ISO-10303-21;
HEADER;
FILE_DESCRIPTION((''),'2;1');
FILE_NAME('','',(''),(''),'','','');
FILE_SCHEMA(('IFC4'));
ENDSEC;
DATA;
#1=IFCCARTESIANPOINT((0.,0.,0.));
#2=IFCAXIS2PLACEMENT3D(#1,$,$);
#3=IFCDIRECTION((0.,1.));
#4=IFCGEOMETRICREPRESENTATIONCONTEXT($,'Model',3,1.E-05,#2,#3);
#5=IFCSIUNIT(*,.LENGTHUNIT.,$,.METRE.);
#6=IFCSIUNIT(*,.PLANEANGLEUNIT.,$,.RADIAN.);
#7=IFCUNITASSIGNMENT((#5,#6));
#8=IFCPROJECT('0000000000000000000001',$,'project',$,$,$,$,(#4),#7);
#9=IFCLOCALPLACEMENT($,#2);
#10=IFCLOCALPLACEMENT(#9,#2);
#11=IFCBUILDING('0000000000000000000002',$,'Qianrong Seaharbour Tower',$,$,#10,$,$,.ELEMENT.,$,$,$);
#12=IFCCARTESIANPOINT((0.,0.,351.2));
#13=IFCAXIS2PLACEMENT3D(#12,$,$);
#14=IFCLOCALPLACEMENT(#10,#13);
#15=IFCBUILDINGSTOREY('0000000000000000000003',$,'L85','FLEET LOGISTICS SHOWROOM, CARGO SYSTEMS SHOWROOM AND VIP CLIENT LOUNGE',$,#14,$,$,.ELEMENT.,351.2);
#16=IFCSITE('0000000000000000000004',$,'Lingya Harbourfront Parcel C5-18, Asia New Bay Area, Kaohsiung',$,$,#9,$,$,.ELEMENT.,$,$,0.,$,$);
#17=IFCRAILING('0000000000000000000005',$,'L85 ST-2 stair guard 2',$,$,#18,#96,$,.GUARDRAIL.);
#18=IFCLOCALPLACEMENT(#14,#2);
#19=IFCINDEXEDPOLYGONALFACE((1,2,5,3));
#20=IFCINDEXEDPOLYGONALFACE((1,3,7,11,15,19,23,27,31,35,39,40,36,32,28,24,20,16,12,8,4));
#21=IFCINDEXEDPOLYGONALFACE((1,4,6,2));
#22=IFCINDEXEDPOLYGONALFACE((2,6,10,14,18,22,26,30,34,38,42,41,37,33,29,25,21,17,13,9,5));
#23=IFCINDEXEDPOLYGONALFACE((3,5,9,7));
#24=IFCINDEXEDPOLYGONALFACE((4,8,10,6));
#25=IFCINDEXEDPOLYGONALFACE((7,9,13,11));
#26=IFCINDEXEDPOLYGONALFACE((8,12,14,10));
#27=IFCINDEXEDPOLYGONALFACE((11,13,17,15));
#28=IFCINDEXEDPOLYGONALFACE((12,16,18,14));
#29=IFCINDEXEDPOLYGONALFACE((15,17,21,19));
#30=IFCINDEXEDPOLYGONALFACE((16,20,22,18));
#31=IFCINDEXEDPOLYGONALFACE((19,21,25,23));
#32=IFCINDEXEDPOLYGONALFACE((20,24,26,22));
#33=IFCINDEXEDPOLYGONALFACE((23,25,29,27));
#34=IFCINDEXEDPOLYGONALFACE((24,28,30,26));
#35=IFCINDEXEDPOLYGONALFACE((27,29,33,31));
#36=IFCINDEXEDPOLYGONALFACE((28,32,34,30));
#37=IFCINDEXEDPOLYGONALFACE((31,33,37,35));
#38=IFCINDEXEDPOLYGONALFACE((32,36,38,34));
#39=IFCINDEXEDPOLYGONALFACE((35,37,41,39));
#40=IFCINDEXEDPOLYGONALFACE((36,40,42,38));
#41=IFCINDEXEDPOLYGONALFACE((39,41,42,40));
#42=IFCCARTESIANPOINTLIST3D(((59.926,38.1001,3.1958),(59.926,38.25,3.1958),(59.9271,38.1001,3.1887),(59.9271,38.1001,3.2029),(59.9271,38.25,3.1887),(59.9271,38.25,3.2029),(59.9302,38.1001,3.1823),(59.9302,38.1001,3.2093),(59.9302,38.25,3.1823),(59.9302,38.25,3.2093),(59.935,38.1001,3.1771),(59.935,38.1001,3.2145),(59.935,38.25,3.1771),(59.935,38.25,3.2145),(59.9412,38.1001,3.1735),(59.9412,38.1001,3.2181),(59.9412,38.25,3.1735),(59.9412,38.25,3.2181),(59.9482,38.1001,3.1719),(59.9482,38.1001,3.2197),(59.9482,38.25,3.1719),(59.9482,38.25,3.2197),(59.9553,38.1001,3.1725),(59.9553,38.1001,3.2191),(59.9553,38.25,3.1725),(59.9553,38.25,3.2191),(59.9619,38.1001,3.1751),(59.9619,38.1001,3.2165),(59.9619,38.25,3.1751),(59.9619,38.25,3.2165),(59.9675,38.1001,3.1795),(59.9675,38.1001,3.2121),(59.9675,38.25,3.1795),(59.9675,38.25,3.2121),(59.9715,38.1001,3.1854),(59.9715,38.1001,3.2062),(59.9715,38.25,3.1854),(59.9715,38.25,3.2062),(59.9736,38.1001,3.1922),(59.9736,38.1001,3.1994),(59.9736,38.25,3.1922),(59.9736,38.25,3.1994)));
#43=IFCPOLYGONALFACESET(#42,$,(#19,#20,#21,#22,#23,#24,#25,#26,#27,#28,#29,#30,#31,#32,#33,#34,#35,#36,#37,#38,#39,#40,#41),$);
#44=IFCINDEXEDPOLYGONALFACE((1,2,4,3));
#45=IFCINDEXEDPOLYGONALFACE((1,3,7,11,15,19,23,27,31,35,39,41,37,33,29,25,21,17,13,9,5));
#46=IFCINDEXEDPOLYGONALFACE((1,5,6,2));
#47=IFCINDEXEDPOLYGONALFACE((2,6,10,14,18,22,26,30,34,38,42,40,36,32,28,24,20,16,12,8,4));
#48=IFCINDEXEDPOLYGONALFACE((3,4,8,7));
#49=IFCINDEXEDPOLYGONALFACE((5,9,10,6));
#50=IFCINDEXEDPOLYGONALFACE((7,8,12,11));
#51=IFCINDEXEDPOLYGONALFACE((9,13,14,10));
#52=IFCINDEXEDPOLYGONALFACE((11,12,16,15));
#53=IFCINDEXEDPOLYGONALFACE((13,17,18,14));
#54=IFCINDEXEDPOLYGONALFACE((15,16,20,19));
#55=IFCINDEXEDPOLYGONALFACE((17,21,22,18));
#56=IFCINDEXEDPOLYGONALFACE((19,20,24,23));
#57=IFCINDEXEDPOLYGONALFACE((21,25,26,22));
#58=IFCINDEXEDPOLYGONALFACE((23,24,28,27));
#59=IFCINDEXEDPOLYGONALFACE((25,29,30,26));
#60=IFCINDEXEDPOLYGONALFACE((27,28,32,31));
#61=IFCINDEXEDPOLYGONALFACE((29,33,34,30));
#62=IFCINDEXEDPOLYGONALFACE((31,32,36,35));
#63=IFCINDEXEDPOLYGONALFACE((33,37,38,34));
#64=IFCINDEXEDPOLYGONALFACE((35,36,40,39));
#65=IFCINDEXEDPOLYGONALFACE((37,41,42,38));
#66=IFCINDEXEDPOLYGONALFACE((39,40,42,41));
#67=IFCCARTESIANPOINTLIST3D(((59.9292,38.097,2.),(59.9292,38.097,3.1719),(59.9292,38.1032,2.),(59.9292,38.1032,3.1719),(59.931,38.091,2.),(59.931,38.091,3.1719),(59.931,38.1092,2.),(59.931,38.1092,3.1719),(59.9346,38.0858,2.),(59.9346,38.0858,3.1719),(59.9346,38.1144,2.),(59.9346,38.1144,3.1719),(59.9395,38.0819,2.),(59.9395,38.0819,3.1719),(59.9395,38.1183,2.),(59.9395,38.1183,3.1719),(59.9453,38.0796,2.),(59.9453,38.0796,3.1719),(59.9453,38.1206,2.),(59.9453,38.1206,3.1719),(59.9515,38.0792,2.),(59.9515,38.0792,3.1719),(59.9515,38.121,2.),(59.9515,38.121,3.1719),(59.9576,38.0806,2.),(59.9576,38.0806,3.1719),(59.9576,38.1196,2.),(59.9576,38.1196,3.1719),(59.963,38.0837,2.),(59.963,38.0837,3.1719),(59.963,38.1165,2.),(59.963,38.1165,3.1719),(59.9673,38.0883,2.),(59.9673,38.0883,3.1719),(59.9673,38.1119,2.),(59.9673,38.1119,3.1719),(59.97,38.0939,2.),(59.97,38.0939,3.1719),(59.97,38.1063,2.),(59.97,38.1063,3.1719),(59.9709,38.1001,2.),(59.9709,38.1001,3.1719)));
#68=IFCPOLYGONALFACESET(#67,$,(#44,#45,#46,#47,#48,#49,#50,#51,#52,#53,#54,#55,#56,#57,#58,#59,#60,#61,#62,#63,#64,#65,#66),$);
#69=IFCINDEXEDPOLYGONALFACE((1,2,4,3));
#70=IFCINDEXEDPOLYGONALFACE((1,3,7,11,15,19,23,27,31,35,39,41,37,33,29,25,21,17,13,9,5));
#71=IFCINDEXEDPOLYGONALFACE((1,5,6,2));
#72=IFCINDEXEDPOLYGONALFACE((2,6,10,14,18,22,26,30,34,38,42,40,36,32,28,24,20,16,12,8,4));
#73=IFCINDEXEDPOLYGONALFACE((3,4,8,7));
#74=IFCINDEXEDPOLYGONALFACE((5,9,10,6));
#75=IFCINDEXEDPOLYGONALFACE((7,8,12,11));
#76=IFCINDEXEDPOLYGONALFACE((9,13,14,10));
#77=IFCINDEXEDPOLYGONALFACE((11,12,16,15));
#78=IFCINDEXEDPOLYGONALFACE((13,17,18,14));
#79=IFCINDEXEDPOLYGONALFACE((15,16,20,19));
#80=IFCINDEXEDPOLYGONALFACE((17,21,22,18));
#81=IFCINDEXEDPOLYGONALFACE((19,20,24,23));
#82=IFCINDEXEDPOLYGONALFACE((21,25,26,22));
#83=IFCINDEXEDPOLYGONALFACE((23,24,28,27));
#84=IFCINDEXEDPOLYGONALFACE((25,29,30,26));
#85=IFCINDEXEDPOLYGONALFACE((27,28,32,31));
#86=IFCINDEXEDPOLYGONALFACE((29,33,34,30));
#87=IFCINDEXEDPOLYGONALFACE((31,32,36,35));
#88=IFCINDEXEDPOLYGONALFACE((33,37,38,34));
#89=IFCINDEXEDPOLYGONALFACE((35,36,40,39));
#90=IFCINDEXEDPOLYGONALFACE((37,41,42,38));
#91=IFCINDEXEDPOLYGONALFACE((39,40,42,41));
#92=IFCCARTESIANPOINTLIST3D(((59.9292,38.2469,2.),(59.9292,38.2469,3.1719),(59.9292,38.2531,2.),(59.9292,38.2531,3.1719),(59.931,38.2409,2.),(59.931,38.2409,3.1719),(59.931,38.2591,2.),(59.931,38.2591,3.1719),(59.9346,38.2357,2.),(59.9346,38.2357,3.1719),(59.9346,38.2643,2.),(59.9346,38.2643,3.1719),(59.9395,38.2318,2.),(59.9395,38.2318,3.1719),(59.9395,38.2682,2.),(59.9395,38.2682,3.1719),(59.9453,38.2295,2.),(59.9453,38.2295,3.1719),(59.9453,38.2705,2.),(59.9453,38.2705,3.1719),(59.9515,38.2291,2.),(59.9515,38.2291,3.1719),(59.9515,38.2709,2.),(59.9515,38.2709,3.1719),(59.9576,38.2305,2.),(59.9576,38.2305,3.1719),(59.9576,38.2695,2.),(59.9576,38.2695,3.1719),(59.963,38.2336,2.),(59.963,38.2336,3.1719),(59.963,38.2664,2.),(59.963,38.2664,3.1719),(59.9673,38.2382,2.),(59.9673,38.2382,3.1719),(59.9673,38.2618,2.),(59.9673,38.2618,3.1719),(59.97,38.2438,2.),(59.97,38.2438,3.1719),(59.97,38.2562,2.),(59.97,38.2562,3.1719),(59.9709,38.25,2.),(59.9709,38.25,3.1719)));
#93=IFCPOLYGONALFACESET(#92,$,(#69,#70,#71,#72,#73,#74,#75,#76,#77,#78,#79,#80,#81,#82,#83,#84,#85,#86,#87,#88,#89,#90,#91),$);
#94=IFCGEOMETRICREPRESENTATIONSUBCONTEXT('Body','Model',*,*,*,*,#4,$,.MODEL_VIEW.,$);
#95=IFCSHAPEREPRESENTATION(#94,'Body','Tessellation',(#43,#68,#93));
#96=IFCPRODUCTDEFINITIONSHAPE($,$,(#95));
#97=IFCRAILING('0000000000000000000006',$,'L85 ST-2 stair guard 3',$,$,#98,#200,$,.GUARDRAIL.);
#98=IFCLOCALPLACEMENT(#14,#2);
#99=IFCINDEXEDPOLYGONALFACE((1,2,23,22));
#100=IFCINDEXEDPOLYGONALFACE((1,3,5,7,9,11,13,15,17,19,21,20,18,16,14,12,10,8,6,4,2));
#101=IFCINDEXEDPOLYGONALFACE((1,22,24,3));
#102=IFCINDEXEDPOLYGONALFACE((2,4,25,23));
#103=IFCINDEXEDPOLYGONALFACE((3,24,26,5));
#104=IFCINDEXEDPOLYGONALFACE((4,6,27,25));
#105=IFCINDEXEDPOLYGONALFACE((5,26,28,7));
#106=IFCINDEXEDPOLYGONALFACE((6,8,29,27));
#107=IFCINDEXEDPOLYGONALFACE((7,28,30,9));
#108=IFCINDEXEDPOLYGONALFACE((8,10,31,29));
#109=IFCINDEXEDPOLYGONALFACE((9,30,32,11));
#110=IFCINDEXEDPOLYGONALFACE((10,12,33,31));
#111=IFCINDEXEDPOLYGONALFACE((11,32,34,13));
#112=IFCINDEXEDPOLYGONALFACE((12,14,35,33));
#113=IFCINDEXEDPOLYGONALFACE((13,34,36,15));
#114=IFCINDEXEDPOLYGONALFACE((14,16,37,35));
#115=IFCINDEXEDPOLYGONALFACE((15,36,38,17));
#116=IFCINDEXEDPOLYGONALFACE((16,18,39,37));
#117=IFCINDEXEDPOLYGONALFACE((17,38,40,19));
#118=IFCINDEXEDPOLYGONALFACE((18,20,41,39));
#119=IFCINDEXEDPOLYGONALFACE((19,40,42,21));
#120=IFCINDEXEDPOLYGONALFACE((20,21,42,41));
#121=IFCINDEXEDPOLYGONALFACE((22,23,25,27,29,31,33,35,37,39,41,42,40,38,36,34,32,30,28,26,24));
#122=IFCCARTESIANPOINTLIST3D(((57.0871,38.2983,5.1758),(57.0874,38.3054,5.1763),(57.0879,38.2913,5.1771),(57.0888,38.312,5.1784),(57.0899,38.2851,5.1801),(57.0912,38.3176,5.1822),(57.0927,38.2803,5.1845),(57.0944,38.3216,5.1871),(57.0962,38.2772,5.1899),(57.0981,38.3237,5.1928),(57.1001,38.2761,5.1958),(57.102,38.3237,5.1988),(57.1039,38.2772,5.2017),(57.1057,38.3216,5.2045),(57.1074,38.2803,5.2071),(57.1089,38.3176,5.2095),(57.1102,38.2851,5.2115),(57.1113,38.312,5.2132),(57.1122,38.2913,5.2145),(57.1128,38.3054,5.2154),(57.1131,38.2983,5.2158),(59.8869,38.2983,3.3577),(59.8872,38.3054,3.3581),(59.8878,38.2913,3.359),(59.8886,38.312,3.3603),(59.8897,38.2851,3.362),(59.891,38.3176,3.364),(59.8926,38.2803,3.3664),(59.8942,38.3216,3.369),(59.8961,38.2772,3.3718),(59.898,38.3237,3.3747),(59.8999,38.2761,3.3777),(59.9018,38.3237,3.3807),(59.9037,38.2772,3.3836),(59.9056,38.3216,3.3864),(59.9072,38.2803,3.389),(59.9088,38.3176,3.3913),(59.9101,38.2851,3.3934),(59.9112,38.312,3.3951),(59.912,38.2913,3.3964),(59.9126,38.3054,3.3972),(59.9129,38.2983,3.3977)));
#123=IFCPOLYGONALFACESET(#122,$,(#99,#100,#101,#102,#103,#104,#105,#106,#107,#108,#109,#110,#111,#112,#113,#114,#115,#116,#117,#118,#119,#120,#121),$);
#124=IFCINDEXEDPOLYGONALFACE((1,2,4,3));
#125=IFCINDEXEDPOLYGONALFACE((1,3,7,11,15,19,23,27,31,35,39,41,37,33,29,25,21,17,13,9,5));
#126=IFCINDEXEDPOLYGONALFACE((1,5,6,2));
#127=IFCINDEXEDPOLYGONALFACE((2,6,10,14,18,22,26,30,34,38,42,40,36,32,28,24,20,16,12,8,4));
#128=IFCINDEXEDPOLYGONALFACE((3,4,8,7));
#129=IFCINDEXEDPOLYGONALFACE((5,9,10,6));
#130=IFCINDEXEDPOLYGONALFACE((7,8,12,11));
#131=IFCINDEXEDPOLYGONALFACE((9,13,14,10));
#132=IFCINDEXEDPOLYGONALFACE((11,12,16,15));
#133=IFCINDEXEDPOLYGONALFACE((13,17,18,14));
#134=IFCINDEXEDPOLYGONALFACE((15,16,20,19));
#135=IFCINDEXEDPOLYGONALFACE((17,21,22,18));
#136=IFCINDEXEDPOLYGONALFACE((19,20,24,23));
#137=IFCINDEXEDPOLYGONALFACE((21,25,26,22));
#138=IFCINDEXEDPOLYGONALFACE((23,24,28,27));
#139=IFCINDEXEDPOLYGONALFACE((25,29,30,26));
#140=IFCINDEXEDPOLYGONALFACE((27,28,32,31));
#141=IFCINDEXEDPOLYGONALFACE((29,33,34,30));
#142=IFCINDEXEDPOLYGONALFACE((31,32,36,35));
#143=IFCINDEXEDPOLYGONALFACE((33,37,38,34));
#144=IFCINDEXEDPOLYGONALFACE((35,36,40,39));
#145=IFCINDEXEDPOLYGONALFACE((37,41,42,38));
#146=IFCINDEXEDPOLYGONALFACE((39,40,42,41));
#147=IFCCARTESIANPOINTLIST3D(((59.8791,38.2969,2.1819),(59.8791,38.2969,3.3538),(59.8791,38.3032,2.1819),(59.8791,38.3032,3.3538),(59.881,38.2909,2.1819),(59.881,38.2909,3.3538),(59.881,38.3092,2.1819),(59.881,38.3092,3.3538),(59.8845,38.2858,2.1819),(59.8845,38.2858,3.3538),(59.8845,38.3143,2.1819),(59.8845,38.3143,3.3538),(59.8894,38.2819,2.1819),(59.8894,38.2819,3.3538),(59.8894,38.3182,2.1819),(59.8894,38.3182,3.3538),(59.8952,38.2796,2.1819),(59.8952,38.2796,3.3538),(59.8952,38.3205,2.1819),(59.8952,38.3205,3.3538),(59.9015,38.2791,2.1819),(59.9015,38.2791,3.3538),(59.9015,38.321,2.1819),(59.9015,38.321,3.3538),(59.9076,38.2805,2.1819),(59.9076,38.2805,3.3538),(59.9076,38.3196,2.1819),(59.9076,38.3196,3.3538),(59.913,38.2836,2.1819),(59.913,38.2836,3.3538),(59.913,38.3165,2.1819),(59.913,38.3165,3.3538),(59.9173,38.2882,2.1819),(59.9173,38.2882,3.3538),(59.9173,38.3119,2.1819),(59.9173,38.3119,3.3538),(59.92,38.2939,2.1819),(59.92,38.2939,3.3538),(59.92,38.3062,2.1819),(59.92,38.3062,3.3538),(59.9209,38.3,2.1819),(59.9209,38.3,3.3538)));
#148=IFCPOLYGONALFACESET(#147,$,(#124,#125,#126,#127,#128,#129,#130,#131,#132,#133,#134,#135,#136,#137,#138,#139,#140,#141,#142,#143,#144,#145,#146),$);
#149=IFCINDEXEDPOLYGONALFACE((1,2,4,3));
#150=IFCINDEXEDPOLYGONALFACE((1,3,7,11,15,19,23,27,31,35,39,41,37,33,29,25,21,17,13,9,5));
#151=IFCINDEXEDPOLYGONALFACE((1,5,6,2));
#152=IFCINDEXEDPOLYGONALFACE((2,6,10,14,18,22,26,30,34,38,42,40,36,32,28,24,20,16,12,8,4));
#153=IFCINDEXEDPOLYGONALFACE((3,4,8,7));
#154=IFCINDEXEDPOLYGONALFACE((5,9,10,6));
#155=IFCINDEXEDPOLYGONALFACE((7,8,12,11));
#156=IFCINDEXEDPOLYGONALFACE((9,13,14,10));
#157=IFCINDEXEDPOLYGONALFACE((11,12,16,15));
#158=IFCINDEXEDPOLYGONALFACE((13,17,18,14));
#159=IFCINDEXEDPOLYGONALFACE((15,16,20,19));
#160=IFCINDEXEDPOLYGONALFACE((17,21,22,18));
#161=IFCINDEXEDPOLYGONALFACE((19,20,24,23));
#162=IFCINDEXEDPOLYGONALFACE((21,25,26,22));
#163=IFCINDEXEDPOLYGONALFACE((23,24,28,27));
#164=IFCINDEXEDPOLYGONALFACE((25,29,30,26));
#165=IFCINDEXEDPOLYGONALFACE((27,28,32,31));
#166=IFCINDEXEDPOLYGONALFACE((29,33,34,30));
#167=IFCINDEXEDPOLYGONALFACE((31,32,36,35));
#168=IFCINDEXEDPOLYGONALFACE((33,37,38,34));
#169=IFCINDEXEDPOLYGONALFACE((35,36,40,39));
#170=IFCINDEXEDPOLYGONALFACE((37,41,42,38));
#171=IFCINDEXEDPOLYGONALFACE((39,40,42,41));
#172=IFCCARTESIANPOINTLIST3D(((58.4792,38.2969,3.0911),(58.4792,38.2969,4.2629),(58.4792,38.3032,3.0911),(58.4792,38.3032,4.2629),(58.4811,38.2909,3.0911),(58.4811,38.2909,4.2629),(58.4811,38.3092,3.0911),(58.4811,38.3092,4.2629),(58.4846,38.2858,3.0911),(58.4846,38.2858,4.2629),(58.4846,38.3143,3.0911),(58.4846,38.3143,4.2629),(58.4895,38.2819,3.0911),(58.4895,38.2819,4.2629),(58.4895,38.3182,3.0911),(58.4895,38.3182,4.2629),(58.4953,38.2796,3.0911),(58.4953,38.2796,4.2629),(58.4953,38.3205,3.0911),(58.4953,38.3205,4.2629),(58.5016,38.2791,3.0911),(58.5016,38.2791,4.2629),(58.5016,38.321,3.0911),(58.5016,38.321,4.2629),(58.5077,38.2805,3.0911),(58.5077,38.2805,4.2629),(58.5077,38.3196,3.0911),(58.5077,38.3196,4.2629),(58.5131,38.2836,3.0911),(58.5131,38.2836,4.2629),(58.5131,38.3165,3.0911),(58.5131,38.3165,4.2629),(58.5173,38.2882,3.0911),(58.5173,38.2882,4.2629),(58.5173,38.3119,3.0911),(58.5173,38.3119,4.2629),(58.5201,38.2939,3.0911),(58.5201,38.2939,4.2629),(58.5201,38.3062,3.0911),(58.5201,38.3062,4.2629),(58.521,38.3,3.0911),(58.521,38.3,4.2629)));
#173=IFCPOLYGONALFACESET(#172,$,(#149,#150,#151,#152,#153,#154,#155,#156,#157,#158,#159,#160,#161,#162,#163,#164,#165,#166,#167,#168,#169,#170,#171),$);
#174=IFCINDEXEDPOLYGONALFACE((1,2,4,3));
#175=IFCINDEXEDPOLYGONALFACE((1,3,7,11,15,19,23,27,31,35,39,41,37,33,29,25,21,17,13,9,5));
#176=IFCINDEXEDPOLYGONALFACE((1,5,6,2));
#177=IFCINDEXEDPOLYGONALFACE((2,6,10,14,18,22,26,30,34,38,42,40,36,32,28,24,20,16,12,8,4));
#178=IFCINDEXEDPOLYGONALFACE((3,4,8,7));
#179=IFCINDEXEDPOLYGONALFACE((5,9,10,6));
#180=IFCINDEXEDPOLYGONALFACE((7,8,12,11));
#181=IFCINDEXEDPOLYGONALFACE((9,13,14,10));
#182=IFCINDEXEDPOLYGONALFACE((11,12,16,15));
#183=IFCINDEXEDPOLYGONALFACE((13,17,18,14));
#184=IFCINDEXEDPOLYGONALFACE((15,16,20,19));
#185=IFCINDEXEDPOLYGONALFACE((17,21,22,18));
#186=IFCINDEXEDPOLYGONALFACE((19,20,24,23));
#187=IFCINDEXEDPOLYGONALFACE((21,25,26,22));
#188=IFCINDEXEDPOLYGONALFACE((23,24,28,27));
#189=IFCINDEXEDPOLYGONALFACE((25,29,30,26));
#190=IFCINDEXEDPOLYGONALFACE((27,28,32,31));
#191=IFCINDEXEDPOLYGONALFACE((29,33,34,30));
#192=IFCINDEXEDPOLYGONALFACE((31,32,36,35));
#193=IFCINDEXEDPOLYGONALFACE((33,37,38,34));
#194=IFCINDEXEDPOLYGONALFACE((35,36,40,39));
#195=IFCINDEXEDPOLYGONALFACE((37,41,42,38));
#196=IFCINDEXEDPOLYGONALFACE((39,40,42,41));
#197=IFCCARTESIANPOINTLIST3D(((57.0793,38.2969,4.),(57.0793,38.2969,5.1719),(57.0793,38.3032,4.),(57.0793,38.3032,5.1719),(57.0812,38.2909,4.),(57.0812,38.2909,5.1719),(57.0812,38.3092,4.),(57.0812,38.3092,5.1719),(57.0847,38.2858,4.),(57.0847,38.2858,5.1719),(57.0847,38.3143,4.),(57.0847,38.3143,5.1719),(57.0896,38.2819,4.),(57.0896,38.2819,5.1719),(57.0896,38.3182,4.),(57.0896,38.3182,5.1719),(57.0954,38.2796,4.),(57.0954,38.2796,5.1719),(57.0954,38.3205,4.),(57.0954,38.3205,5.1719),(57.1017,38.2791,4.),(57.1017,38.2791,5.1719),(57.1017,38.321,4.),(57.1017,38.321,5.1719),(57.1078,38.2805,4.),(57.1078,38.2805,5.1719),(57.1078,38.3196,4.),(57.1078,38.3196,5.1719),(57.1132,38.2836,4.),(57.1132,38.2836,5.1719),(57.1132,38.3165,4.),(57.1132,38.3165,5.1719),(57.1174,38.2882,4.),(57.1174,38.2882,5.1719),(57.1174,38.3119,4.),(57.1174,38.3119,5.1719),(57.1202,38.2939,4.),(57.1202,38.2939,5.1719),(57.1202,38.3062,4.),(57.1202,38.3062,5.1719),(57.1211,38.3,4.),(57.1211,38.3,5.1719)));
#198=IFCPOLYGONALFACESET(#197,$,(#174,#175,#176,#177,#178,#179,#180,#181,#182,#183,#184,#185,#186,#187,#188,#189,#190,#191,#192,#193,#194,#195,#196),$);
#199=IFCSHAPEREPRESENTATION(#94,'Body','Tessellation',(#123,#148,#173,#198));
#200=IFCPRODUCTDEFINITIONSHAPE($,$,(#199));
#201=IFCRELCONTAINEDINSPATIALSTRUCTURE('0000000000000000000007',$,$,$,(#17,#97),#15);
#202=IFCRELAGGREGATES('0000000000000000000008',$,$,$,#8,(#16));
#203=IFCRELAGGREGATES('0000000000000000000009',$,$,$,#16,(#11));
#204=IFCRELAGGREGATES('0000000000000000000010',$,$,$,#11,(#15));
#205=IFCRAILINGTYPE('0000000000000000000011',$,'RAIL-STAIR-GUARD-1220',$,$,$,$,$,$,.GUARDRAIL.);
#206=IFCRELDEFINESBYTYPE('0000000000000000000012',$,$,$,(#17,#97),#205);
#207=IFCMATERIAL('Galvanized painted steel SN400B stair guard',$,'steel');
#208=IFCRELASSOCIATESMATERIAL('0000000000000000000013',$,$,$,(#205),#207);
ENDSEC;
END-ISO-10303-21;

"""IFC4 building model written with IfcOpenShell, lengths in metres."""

from ifc_helpers import new_model, si_unit, direction, frame, origin, origin_2d, place, context, subcontext, project, spatial, circle, extrude, material, type_object, element, save


model = new_model("IFC4")

# Units and contexts
model_context = context("Model", 3, precision=1e-05, world=origin(), true_north=direction((0.0, 1.0)))
body_context = subcontext(model_context, "Body", "Model", "MODEL_VIEW")
ifc_project = project(units=[si_unit("LENGTHUNIT", "METRE"), si_unit("PLANEANGLEUNIT", "RADIAN")], contexts=[model_context])

# Site, building, storey
site_placement = place(None, origin())
site = spatial("IfcSite", under=ifc_project, at=site_placement, Name="Lingya Harbourfront Parcel C5-18, Asia New Bay Area, Kaohsiung", CompositionType="ELEMENT", RefElevation=0.0)
building_placement = place(site_placement, origin())
building = spatial("IfcBuilding", under=site, at=building_placement, Name="Qianrong Seaharbour Tower", CompositionType="ELEMENT")
storey_placement = place(building_placement, frame((0.0, 0.0, 351.2)))
storey = spatial("IfcBuildingStorey", under=building, at=storey_placement, Name="L85", Description="FLEET LOGISTICS SHOWROOM, CARGO SYSTEMS SHOWROOM AND VIP CLIENT LOUNGE", CompositionType="ELEMENT", Elevation=351.2)

# Railings
ifc_material_1 = material(Name="Galvanized painted steel SN400B stair guard", Category="steel")
railing_type_1 = type_object("IfcRailingType", Name="RAIL-STAIR-GUARD-1220", PredefinedType="GUARDRAIL", material=ifc_material_1)
railing_1_placement = place(storey_placement, frame((59.95, 38.1001, 2.0)))
element("IfcRailing", 1, at=railing_1_placement, inside=storey, type_object=railing_type_1, Name="L85 ST-2 stair guard 2", PredefinedType="GUARDRAIL", context=body_context, shape_type="SweptSolid", body=[
    extrude(circle(Radius=0.0239, at=origin_2d()), frame((0.0, 0.0, 1.1958), z_axis=(0.0, 1.0, 0.0), x_axis=(-1.0, 0.0, 0.0)), (0.0, 0.0, 1.0), 0.1499),
    extrude(circle(Radius=0.021, at=origin_2d()), origin(), (0.0, 0.0, 1.0), 1.1719),
    extrude(circle(Radius=0.021, at=origin_2d()), frame((0.0, 0.1499, 0.0)), (0.0, 0.0, 1.0), 1.1719),
])
railing_2_placement = place(storey_placement, frame((59.8999, 38.3, 2.1819)))
element("IfcRailing", 2, at=railing_2_placement, inside=storey, type_object=railing_type_1, Name="L85 ST-2 stair guard 3", PredefinedType="GUARDRAIL", context=body_context, shape_type="SweptSolid", body=[
    extrude(circle(Radius=0.0239, at=origin_2d()), frame((0.0, 0.0, 1.1958), z_axis=(-0.838684, 0.0, 0.544618), x_axis=(0.0, -1.0, 0.0)), (0.0, 0.0, 1.0), 3.3384),
    extrude(circle(Radius=0.021, at=origin_2d()), origin(), (0.0, 0.0, 1.0), 1.1719),
    extrude(circle(Radius=0.021, at=origin_2d()), frame((-1.3999, 0.0, 0.9092)), (0.0, 0.0, 1.0), 1.1719),
    extrude(circle(Radius=0.021, at=origin_2d()), frame((-2.7998, 0.0, 1.8181)), (0.0, 0.0, 1.0), 1.1719),
])

save(model, "model.ifc")
